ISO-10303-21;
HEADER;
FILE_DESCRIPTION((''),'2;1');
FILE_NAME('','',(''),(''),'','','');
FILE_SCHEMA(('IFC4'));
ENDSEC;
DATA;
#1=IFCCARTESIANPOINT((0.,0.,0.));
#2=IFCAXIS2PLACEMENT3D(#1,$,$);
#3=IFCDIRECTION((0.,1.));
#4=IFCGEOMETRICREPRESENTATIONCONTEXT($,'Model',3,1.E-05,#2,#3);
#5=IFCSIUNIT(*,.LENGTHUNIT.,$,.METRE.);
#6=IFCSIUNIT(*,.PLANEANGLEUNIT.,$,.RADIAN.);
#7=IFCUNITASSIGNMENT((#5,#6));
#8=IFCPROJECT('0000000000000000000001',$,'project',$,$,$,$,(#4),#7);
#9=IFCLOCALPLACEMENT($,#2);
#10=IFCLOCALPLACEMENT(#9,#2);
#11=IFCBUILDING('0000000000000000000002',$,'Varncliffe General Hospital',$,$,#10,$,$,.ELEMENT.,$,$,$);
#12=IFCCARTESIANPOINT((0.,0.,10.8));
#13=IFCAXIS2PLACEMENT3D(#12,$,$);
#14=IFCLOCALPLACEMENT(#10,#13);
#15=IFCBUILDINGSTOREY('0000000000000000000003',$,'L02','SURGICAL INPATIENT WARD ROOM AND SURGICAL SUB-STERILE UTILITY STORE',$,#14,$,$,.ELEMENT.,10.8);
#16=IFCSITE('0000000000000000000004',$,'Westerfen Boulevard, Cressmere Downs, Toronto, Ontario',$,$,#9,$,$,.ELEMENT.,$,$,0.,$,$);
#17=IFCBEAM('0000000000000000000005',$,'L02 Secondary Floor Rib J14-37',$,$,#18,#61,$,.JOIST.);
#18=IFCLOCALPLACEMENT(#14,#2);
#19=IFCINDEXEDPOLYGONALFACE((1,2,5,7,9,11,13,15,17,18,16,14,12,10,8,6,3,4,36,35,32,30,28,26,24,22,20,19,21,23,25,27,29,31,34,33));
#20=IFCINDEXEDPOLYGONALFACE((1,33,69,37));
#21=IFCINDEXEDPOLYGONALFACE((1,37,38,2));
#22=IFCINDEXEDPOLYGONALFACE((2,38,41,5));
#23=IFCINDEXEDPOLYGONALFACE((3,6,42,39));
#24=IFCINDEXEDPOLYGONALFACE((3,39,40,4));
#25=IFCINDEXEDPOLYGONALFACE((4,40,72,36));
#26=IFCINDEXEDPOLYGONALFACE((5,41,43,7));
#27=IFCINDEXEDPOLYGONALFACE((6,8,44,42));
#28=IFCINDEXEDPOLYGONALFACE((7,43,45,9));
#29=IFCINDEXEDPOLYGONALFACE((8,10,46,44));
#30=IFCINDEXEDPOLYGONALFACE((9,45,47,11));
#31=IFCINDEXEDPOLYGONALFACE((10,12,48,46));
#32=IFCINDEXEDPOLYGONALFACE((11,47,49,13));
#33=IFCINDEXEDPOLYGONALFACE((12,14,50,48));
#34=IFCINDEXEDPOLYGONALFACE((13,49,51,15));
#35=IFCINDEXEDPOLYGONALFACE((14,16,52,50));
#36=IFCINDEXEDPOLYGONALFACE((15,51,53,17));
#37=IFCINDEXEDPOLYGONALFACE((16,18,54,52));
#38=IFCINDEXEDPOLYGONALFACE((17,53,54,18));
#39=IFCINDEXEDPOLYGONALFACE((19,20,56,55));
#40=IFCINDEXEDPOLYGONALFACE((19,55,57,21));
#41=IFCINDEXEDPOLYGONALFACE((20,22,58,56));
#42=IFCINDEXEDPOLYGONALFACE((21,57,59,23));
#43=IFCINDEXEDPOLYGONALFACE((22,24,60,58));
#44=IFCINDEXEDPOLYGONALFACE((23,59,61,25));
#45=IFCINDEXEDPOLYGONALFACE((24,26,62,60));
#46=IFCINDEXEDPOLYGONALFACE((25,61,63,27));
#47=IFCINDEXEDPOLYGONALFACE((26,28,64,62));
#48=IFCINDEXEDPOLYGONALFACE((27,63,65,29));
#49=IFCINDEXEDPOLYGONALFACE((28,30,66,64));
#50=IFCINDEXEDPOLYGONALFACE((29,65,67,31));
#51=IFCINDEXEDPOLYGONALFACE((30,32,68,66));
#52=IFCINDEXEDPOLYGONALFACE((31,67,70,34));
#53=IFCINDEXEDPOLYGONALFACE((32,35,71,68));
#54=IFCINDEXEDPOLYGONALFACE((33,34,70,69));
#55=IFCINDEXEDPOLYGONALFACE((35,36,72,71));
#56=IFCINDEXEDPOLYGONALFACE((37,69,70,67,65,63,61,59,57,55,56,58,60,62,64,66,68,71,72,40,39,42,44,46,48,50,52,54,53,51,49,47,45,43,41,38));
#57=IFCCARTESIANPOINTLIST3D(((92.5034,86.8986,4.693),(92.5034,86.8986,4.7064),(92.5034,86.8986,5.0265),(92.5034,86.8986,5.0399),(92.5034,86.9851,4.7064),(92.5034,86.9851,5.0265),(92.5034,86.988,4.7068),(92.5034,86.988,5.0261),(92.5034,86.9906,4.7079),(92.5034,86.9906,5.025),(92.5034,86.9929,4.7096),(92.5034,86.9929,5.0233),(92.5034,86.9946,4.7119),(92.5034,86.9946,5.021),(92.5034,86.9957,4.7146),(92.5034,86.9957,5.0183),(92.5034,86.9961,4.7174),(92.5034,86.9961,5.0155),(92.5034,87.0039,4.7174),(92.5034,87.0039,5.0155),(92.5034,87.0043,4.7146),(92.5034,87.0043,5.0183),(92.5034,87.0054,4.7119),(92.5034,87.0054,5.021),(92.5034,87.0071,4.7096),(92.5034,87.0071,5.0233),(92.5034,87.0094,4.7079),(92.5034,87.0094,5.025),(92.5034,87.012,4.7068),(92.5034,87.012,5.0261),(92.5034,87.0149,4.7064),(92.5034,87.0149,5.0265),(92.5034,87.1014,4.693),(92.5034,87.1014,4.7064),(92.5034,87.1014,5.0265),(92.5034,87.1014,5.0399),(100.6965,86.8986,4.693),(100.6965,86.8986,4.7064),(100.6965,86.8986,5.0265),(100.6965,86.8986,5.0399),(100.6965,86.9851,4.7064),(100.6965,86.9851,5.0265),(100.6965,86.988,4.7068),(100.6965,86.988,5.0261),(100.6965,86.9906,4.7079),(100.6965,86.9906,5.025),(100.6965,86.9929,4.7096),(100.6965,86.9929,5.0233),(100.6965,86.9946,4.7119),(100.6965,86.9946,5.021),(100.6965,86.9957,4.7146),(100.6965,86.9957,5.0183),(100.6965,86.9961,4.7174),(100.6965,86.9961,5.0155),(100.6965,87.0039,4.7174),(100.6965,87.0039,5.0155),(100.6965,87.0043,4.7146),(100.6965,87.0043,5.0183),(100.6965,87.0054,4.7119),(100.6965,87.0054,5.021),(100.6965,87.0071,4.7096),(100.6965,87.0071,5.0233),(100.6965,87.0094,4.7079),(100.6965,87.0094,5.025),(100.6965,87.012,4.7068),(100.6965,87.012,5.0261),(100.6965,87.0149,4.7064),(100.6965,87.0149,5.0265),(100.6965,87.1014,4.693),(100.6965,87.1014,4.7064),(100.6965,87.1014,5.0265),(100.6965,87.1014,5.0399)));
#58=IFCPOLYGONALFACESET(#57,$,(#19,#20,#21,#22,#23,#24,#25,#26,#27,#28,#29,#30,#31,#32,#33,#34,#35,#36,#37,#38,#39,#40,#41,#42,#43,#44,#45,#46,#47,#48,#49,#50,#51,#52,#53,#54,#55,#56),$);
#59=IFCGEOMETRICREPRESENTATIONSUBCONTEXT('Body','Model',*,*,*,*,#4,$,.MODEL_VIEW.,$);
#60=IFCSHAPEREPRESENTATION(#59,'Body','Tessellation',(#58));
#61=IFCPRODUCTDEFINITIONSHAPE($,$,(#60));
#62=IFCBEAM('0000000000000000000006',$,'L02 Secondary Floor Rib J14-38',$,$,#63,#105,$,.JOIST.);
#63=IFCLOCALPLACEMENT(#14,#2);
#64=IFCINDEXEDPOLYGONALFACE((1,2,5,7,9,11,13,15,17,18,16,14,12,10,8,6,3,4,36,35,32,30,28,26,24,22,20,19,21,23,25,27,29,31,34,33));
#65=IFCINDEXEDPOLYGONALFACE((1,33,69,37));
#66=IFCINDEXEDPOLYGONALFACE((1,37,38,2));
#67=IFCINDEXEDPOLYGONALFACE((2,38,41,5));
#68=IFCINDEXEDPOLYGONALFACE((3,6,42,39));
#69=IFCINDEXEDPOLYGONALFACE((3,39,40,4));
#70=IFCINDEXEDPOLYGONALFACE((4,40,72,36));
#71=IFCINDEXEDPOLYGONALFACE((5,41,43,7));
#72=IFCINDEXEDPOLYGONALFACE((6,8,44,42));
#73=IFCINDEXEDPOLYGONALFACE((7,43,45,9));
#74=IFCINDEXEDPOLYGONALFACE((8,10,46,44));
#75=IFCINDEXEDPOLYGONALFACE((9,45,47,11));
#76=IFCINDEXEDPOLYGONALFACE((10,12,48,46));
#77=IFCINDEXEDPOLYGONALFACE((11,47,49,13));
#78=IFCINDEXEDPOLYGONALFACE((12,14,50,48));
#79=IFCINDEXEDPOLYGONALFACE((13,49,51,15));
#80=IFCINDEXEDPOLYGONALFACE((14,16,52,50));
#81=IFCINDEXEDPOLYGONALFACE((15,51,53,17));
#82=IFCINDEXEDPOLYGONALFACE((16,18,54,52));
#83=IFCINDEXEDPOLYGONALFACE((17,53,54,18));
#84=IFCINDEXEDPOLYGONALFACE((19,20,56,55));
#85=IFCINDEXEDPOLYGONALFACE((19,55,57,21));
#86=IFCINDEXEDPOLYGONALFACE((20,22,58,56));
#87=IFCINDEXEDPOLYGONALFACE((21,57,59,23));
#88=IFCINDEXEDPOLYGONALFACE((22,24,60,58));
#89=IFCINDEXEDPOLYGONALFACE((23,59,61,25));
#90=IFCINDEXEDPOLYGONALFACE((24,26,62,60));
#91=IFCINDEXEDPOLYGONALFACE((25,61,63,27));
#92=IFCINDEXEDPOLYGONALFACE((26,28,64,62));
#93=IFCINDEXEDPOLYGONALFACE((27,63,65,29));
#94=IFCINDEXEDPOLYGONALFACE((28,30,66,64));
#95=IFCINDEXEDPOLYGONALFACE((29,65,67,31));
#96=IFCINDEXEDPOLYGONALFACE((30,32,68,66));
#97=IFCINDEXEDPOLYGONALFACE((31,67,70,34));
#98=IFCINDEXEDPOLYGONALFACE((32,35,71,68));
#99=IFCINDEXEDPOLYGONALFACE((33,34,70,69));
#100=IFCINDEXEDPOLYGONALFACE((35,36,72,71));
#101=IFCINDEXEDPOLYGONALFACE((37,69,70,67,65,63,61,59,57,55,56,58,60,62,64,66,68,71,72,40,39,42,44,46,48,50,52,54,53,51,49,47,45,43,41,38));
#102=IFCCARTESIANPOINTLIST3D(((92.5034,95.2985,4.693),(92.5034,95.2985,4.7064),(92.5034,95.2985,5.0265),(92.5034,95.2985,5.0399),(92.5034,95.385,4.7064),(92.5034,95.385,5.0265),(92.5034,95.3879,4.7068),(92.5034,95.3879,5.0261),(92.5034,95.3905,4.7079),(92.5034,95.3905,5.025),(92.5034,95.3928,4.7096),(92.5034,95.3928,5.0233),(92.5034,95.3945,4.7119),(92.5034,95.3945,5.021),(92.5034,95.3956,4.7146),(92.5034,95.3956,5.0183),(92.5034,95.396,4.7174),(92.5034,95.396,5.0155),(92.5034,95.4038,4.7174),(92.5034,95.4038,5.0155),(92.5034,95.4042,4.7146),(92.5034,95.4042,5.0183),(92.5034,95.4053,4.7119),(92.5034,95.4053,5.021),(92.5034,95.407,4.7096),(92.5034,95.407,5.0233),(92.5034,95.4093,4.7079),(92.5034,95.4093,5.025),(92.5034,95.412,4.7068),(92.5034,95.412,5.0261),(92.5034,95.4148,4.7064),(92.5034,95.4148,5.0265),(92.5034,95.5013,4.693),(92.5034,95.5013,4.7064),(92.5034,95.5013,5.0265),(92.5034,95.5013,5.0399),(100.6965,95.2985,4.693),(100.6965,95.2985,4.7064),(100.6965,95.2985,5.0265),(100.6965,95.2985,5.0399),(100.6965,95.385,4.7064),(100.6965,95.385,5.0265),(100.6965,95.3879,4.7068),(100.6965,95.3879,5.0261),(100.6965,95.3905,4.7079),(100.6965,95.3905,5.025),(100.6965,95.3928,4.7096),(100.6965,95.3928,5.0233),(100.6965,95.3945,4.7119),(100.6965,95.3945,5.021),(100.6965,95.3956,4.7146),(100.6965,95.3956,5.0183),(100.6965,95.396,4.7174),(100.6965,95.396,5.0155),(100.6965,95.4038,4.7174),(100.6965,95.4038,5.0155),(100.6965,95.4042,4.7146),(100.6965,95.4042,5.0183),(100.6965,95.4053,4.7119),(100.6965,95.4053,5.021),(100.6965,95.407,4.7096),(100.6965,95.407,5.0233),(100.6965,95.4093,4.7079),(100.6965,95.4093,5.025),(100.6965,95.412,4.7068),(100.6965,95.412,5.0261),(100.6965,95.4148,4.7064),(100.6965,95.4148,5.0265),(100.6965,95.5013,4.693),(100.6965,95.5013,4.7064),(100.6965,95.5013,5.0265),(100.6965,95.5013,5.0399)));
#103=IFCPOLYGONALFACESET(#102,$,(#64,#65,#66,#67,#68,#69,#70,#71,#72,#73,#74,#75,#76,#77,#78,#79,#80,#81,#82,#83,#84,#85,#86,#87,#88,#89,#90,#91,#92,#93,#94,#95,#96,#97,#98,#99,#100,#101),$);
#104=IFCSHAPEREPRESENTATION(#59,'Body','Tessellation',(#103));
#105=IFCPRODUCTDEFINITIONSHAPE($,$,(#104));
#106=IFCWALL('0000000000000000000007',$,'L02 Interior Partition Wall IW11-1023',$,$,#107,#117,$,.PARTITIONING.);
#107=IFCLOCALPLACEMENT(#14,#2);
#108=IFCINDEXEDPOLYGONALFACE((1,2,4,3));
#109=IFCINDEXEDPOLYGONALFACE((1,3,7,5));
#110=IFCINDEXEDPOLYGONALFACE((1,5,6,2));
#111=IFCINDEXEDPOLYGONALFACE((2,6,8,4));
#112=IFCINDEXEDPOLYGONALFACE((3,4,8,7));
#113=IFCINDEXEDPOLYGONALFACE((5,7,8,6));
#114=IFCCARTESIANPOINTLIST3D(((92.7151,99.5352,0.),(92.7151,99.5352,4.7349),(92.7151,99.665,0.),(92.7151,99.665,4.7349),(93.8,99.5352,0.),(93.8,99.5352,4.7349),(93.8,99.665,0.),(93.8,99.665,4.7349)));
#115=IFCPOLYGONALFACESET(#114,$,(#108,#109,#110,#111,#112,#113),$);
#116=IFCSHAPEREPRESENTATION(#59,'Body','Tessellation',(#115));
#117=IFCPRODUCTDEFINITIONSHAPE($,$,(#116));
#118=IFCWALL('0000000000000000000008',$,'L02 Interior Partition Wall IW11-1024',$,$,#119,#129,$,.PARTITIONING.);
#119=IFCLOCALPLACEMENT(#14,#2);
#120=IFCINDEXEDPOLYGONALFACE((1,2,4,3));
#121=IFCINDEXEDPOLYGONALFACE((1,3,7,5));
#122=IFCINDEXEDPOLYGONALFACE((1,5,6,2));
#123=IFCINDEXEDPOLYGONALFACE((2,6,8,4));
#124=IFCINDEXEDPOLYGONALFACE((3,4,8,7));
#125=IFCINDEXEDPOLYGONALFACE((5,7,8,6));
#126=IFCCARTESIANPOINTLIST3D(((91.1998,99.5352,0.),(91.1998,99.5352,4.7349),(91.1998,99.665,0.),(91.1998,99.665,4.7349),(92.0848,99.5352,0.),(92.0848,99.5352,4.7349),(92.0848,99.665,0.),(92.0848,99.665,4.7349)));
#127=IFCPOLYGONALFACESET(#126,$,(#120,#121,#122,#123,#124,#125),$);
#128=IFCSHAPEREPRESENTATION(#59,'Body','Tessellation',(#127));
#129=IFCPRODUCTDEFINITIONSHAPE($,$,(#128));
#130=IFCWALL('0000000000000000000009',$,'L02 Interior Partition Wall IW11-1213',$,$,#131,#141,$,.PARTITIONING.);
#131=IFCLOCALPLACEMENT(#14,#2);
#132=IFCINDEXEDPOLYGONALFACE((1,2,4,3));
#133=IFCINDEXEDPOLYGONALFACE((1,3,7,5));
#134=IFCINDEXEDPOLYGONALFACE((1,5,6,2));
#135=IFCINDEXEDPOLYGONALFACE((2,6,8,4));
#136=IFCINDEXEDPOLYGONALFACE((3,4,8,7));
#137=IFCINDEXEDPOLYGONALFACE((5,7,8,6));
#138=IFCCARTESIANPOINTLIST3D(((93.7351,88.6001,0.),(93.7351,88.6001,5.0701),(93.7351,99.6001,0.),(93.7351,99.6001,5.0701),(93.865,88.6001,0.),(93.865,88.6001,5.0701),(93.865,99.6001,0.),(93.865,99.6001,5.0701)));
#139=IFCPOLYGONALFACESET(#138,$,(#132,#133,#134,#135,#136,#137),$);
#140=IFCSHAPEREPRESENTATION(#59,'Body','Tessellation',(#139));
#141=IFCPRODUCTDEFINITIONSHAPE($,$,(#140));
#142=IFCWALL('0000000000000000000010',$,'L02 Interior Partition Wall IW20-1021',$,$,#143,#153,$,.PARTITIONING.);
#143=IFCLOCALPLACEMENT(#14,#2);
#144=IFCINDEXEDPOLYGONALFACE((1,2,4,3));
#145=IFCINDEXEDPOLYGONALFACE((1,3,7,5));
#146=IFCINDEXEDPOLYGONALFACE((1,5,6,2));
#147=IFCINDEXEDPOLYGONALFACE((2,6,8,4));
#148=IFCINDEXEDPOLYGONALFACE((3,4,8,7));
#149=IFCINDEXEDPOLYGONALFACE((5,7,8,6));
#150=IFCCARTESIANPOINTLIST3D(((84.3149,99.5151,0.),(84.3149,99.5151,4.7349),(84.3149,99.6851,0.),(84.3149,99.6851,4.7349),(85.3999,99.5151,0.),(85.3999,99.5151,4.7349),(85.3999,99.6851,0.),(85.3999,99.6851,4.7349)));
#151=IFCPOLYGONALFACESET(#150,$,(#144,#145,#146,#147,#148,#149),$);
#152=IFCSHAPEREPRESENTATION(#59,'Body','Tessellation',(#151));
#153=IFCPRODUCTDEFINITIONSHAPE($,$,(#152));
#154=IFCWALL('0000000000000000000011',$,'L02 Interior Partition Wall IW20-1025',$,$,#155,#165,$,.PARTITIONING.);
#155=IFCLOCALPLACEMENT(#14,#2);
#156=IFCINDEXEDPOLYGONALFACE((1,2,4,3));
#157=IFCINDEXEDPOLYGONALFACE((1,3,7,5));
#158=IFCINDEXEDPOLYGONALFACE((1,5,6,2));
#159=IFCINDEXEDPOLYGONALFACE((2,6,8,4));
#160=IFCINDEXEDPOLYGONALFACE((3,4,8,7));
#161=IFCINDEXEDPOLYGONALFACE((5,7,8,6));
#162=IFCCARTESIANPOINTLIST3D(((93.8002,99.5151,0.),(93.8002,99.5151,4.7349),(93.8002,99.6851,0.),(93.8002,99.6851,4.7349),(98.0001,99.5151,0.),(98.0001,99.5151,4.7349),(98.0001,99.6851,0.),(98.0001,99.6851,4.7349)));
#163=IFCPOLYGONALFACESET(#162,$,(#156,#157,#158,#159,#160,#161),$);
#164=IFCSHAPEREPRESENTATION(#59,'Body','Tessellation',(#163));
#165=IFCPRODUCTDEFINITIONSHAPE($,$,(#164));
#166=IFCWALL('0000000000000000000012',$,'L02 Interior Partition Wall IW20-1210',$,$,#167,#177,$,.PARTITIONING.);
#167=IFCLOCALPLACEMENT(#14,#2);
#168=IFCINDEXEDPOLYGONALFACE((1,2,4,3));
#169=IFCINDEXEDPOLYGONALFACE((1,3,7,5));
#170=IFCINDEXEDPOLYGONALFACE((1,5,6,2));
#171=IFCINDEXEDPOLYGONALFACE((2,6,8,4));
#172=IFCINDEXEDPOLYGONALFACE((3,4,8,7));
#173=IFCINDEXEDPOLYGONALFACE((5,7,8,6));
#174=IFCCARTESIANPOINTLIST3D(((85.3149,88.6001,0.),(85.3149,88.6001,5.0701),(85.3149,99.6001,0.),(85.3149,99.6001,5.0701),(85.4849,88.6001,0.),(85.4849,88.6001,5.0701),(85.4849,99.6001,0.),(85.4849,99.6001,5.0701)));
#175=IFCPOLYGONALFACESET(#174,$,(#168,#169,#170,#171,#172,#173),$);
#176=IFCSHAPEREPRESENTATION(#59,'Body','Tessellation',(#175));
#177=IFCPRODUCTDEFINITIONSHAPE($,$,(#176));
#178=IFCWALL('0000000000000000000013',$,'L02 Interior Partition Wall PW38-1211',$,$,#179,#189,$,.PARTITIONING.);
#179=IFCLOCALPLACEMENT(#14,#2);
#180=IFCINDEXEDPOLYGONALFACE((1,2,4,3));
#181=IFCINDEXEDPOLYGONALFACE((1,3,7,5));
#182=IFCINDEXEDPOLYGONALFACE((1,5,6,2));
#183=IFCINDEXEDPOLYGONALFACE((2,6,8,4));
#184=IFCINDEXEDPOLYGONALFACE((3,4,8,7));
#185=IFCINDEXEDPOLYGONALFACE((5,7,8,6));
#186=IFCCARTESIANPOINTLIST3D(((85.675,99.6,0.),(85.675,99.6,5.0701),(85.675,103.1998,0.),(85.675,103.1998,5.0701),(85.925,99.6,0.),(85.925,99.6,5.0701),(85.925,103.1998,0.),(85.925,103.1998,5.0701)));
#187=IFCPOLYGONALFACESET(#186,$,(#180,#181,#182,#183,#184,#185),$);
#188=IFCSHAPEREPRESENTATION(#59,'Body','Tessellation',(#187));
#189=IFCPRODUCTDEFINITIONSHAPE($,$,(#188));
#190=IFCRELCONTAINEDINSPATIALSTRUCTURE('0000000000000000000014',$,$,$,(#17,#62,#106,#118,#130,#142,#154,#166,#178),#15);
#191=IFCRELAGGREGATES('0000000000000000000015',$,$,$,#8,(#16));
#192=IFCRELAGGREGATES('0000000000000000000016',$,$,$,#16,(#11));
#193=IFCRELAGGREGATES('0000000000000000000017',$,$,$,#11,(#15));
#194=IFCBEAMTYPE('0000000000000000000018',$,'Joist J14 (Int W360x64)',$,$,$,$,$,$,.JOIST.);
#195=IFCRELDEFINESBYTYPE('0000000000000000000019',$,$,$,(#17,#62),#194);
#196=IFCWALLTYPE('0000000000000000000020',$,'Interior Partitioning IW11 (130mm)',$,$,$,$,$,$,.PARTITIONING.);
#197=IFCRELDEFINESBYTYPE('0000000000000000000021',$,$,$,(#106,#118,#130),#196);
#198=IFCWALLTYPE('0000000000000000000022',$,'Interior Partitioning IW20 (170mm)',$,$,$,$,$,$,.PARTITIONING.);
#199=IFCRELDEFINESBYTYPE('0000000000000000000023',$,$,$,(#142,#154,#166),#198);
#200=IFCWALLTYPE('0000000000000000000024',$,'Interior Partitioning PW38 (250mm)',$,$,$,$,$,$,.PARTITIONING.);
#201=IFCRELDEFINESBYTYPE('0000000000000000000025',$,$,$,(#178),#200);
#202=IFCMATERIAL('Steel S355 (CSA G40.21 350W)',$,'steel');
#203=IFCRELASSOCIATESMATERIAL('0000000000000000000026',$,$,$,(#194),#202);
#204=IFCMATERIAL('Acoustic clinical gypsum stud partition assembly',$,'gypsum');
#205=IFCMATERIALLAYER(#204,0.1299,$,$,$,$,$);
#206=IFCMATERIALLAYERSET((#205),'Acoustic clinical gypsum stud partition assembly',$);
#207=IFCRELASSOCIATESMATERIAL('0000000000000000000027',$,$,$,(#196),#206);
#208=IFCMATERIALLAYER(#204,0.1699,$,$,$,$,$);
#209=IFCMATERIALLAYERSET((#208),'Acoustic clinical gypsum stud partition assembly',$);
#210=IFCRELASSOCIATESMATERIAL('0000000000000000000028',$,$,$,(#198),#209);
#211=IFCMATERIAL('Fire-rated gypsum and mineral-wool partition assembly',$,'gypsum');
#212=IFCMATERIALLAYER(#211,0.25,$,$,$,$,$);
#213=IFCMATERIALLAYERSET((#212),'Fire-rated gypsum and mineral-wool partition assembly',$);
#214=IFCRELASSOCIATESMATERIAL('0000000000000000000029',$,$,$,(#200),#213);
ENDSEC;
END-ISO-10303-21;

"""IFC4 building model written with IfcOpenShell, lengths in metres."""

from ifc_helpers import new_model, si_unit, direction, frame, frame_2d, origin, origin_2d, place, context, subcontext, project, spatial, rectangle, i_section, extrude, material, layer, layer_set, material_profile, profile_set, type_object, element, save


model = new_model("IFC4")

# Units and contexts
model_context = context("Model", 3, precision=1e-05, world=origin(), true_north=direction((0.0, 1.0)))
body_context = subcontext(model_context, "Body", "Model", "MODEL_VIEW")
ifc_project = project(units=[si_unit("LENGTHUNIT", "METRE"), si_unit("PLANEANGLEUNIT", "RADIAN")], contexts=[model_context])

# Site, building, storey
site_placement = place(None, origin())
site = spatial("IfcSite", under=ifc_project, at=site_placement, Name="Westerfen Boulevard, Cressmere Downs, Toronto, Ontario", CompositionType="ELEMENT", RefElevation=0.0)
building_placement = place(site_placement, origin())
building = spatial("IfcBuilding", under=site, at=building_placement, Name="Varncliffe General Hospital", CompositionType="ELEMENT")
storey_placement = place(building_placement, frame((0.0, 0.0, 10.8)))
storey = spatial("IfcBuildingStorey", under=building, at=storey_placement, Name="L02", Description="SURGICAL INPATIENT WARD ROOM AND SURGICAL SUB-STERILE UTILITY STORE", CompositionType="ELEMENT", Elevation=10.8)

# Beams
ifc_material_1 = material(Name="Steel S355 (CSA G40.21 350W)", Category="steel")
ifc_material_profile_1 = material_profile(ifc_material_1, i_section(OverallWidth=0.2029, OverallDepth=0.3469, WebThickness=0.0078, FlangeThickness=0.0134, FilletRadius=0.011, at=origin_2d()), Name="W360x64")
ifc_profile_set_1 = profile_set([ifc_material_profile_1], Name="Steel S355 (CSA G40.21 350W)")
beam_type_1 = type_object("IfcBeamType", Name="Joist J14 (Int W360x64)", PredefinedType="JOIST", material=ifc_profile_set_1)
for number, where, z_axis, x_axis, name in (
    (1, (92.5034, 87.0, 4.8665), (1.0, 0.0, 0.0), (0.0, 1.0, 0.0), "L02 Secondary Floor Rib J14-37"),
    (2, (92.5034, 95.3999, 4.8665), (1.0, 0.0, 0.0), (0.0, 1.0, 0.0), "L02 Secondary Floor Rib J14-38"),
):
    element("IfcBeam", number, at=place(storey_placement, frame(where, z_axis=z_axis, x_axis=x_axis)), inside=storey, type_object=beam_type_1, Name=name, PredefinedType="JOIST", context=body_context, shape_type="SweptSolid", body=[
        extrude(i_section(OverallWidth=0.2029, OverallDepth=0.3469, WebThickness=0.0078, FlangeThickness=0.0134, FilletRadius=0.011, at=origin_2d()), origin(), (0.0, 0.0, 1.0), 8.1931),
    ])

# Walls
ifc_material_2 = material(Name="Acoustic clinical gypsum stud partition assembly", Category="gypsum")
ifc_layer_1 = layer(ifc_material_2, 0.1299)
ifc_layer_set_1 = layer_set([ifc_layer_1], Name="Acoustic clinical gypsum stud partition assembly")
wall_type_1 = type_object("IfcWallType", Name="Interior Partitioning IW11 (130mm)", PredefinedType="PARTITIONING", material=ifc_layer_set_1)
wall_1_placement = place(storey_placement, frame((92.7151, 99.6001, 0.0), z_axis=(0.0, 0.0, 1.0), x_axis=(1.0, 0.0, 0.0)))
element("IfcWall", 3, at=wall_1_placement, inside=storey, type_object=wall_type_1, Name="L02 Interior Partition Wall IW11-1023", PredefinedType="PARTITIONING", context=body_context, shape_type="SweptSolid", body=[
    extrude(rectangle(XDim=1.085, YDim=0.1299, at=frame_2d((0.5425, 0.0))), origin(), (0.0, 0.0, 1.0), 4.7349),
])
wall_2_placement = place(storey_placement, frame((91.2, 99.6001, 0.0), z_axis=(0.0, 0.0, 1.0), x_axis=(1.0, 0.0, 0.0)))
element("IfcWall", 4, at=wall_2_placement, inside=storey, type_object=wall_type_1, Name="L02 Interior Partition Wall IW11-1024", PredefinedType="PARTITIONING", context=body_context, shape_type="SweptSolid", body=[
    extrude(rectangle(XDim=0.885, YDim=0.1299, at=frame_2d((0.4424, 0.0))), origin(), (0.0, 0.0, 1.0), 4.7349),
])
wall_3_placement = place(storey_placement, frame((93.8, 88.6001, 0.0), z_axis=(0.0, 0.0, 1.0), x_axis=(0.0, 1.0, 0.0)))
element("IfcWall", 5, at=wall_3_placement, inside=storey, type_object=wall_type_1, Name="L02 Interior Partition Wall IW11-1213", PredefinedType="PARTITIONING", context=body_context, shape_type="SweptSolid", body=[
    extrude(rectangle(XDim=11.0, YDim=0.1299, at=frame_2d((5.5, 0.0))), origin(), (0.0, 0.0, 1.0), 5.0701),
])
ifc_layer_2 = layer(ifc_material_2, 0.1699)
ifc_layer_set_2 = layer_set([ifc_layer_2], Name="Acoustic clinical gypsum stud partition assembly")
wall_type_2 = type_object("IfcWallType", Name="Interior Partitioning IW20 (170mm)", PredefinedType="PARTITIONING", material=ifc_layer_set_2)
wall_4_placement = place(storey_placement, frame((84.3149, 99.6001, 0.0), z_axis=(0.0, 0.0, 1.0), x_axis=(1.0, 0.0, 0.0)))
element("IfcWall", 6, at=wall_4_placement, inside=storey, type_object=wall_type_2, Name="L02 Interior Partition Wall IW20-1021", PredefinedType="PARTITIONING", context=body_context, shape_type="SweptSolid", body=[
    extrude(rectangle(XDim=1.085, YDim=0.1699, at=frame_2d((0.5425, 0.0))), origin(), (0.0, 0.0, 1.0), 4.7349),
])
wall_5_placement = place(storey_placement, frame((93.8, 99.6001, 0.0), z_axis=(0.0, 0.0, 1.0), x_axis=(1.0, 0.0, 0.0)))
element("IfcWall", 7, at=wall_5_placement, inside=storey, type_object=wall_type_2, Name="L02 Interior Partition Wall IW20-1025", PredefinedType="PARTITIONING", context=body_context, shape_type="SweptSolid", body=[
    extrude(rectangle(XDim=4.2, YDim=0.1699, at=frame_2d((2.1001, 0.0))), origin(), (0.0, 0.0, 1.0), 4.7349),
])
wall_6_placement = place(storey_placement, frame((85.3999, 88.6001, 0.0), z_axis=(0.0, 0.0, 1.0), x_axis=(0.0, 1.0, 0.0)))
element("IfcWall", 8, at=wall_6_placement, inside=storey, type_object=wall_type_2, Name="L02 Interior Partition Wall IW20-1210", PredefinedType="PARTITIONING", context=body_context, shape_type="SweptSolid", body=[
    extrude(rectangle(XDim=11.0, YDim=0.1699, at=frame_2d((5.5, 0.0))), origin(), (0.0, 0.0, 1.0), 5.0701),
])
ifc_material_3 = material(Name="Fire-rated gypsum and mineral-wool partition assembly", Category="gypsum")
ifc_layer_3 = layer(ifc_material_3, 0.25)
ifc_layer_set_3 = layer_set([ifc_layer_3], Name="Fire-rated gypsum and mineral-wool partition assembly")
wall_type_3 = type_object("IfcWallType", Name="Interior Partitioning PW38 (250mm)", PredefinedType="PARTITIONING", material=ifc_layer_set_3)
wall_7_placement = place(storey_placement, frame((85.8, 99.6001, 0.0), z_axis=(0.0, 0.0, 1.0), x_axis=(0.0, 1.0, 0.0)))
element("IfcWall", 9, at=wall_7_placement, inside=storey, type_object=wall_type_3, Name="L02 Interior Partition Wall PW38-1211", PredefinedType="PARTITIONING", context=body_context, shape_type="SweptSolid", body=[
    extrude(rectangle(XDim=3.5999, YDim=0.25, at=frame_2d((1.7998, 0.0))), origin(), (0.0, 0.0, 1.0), 5.0701),
])

save(model, "model.ifc")
